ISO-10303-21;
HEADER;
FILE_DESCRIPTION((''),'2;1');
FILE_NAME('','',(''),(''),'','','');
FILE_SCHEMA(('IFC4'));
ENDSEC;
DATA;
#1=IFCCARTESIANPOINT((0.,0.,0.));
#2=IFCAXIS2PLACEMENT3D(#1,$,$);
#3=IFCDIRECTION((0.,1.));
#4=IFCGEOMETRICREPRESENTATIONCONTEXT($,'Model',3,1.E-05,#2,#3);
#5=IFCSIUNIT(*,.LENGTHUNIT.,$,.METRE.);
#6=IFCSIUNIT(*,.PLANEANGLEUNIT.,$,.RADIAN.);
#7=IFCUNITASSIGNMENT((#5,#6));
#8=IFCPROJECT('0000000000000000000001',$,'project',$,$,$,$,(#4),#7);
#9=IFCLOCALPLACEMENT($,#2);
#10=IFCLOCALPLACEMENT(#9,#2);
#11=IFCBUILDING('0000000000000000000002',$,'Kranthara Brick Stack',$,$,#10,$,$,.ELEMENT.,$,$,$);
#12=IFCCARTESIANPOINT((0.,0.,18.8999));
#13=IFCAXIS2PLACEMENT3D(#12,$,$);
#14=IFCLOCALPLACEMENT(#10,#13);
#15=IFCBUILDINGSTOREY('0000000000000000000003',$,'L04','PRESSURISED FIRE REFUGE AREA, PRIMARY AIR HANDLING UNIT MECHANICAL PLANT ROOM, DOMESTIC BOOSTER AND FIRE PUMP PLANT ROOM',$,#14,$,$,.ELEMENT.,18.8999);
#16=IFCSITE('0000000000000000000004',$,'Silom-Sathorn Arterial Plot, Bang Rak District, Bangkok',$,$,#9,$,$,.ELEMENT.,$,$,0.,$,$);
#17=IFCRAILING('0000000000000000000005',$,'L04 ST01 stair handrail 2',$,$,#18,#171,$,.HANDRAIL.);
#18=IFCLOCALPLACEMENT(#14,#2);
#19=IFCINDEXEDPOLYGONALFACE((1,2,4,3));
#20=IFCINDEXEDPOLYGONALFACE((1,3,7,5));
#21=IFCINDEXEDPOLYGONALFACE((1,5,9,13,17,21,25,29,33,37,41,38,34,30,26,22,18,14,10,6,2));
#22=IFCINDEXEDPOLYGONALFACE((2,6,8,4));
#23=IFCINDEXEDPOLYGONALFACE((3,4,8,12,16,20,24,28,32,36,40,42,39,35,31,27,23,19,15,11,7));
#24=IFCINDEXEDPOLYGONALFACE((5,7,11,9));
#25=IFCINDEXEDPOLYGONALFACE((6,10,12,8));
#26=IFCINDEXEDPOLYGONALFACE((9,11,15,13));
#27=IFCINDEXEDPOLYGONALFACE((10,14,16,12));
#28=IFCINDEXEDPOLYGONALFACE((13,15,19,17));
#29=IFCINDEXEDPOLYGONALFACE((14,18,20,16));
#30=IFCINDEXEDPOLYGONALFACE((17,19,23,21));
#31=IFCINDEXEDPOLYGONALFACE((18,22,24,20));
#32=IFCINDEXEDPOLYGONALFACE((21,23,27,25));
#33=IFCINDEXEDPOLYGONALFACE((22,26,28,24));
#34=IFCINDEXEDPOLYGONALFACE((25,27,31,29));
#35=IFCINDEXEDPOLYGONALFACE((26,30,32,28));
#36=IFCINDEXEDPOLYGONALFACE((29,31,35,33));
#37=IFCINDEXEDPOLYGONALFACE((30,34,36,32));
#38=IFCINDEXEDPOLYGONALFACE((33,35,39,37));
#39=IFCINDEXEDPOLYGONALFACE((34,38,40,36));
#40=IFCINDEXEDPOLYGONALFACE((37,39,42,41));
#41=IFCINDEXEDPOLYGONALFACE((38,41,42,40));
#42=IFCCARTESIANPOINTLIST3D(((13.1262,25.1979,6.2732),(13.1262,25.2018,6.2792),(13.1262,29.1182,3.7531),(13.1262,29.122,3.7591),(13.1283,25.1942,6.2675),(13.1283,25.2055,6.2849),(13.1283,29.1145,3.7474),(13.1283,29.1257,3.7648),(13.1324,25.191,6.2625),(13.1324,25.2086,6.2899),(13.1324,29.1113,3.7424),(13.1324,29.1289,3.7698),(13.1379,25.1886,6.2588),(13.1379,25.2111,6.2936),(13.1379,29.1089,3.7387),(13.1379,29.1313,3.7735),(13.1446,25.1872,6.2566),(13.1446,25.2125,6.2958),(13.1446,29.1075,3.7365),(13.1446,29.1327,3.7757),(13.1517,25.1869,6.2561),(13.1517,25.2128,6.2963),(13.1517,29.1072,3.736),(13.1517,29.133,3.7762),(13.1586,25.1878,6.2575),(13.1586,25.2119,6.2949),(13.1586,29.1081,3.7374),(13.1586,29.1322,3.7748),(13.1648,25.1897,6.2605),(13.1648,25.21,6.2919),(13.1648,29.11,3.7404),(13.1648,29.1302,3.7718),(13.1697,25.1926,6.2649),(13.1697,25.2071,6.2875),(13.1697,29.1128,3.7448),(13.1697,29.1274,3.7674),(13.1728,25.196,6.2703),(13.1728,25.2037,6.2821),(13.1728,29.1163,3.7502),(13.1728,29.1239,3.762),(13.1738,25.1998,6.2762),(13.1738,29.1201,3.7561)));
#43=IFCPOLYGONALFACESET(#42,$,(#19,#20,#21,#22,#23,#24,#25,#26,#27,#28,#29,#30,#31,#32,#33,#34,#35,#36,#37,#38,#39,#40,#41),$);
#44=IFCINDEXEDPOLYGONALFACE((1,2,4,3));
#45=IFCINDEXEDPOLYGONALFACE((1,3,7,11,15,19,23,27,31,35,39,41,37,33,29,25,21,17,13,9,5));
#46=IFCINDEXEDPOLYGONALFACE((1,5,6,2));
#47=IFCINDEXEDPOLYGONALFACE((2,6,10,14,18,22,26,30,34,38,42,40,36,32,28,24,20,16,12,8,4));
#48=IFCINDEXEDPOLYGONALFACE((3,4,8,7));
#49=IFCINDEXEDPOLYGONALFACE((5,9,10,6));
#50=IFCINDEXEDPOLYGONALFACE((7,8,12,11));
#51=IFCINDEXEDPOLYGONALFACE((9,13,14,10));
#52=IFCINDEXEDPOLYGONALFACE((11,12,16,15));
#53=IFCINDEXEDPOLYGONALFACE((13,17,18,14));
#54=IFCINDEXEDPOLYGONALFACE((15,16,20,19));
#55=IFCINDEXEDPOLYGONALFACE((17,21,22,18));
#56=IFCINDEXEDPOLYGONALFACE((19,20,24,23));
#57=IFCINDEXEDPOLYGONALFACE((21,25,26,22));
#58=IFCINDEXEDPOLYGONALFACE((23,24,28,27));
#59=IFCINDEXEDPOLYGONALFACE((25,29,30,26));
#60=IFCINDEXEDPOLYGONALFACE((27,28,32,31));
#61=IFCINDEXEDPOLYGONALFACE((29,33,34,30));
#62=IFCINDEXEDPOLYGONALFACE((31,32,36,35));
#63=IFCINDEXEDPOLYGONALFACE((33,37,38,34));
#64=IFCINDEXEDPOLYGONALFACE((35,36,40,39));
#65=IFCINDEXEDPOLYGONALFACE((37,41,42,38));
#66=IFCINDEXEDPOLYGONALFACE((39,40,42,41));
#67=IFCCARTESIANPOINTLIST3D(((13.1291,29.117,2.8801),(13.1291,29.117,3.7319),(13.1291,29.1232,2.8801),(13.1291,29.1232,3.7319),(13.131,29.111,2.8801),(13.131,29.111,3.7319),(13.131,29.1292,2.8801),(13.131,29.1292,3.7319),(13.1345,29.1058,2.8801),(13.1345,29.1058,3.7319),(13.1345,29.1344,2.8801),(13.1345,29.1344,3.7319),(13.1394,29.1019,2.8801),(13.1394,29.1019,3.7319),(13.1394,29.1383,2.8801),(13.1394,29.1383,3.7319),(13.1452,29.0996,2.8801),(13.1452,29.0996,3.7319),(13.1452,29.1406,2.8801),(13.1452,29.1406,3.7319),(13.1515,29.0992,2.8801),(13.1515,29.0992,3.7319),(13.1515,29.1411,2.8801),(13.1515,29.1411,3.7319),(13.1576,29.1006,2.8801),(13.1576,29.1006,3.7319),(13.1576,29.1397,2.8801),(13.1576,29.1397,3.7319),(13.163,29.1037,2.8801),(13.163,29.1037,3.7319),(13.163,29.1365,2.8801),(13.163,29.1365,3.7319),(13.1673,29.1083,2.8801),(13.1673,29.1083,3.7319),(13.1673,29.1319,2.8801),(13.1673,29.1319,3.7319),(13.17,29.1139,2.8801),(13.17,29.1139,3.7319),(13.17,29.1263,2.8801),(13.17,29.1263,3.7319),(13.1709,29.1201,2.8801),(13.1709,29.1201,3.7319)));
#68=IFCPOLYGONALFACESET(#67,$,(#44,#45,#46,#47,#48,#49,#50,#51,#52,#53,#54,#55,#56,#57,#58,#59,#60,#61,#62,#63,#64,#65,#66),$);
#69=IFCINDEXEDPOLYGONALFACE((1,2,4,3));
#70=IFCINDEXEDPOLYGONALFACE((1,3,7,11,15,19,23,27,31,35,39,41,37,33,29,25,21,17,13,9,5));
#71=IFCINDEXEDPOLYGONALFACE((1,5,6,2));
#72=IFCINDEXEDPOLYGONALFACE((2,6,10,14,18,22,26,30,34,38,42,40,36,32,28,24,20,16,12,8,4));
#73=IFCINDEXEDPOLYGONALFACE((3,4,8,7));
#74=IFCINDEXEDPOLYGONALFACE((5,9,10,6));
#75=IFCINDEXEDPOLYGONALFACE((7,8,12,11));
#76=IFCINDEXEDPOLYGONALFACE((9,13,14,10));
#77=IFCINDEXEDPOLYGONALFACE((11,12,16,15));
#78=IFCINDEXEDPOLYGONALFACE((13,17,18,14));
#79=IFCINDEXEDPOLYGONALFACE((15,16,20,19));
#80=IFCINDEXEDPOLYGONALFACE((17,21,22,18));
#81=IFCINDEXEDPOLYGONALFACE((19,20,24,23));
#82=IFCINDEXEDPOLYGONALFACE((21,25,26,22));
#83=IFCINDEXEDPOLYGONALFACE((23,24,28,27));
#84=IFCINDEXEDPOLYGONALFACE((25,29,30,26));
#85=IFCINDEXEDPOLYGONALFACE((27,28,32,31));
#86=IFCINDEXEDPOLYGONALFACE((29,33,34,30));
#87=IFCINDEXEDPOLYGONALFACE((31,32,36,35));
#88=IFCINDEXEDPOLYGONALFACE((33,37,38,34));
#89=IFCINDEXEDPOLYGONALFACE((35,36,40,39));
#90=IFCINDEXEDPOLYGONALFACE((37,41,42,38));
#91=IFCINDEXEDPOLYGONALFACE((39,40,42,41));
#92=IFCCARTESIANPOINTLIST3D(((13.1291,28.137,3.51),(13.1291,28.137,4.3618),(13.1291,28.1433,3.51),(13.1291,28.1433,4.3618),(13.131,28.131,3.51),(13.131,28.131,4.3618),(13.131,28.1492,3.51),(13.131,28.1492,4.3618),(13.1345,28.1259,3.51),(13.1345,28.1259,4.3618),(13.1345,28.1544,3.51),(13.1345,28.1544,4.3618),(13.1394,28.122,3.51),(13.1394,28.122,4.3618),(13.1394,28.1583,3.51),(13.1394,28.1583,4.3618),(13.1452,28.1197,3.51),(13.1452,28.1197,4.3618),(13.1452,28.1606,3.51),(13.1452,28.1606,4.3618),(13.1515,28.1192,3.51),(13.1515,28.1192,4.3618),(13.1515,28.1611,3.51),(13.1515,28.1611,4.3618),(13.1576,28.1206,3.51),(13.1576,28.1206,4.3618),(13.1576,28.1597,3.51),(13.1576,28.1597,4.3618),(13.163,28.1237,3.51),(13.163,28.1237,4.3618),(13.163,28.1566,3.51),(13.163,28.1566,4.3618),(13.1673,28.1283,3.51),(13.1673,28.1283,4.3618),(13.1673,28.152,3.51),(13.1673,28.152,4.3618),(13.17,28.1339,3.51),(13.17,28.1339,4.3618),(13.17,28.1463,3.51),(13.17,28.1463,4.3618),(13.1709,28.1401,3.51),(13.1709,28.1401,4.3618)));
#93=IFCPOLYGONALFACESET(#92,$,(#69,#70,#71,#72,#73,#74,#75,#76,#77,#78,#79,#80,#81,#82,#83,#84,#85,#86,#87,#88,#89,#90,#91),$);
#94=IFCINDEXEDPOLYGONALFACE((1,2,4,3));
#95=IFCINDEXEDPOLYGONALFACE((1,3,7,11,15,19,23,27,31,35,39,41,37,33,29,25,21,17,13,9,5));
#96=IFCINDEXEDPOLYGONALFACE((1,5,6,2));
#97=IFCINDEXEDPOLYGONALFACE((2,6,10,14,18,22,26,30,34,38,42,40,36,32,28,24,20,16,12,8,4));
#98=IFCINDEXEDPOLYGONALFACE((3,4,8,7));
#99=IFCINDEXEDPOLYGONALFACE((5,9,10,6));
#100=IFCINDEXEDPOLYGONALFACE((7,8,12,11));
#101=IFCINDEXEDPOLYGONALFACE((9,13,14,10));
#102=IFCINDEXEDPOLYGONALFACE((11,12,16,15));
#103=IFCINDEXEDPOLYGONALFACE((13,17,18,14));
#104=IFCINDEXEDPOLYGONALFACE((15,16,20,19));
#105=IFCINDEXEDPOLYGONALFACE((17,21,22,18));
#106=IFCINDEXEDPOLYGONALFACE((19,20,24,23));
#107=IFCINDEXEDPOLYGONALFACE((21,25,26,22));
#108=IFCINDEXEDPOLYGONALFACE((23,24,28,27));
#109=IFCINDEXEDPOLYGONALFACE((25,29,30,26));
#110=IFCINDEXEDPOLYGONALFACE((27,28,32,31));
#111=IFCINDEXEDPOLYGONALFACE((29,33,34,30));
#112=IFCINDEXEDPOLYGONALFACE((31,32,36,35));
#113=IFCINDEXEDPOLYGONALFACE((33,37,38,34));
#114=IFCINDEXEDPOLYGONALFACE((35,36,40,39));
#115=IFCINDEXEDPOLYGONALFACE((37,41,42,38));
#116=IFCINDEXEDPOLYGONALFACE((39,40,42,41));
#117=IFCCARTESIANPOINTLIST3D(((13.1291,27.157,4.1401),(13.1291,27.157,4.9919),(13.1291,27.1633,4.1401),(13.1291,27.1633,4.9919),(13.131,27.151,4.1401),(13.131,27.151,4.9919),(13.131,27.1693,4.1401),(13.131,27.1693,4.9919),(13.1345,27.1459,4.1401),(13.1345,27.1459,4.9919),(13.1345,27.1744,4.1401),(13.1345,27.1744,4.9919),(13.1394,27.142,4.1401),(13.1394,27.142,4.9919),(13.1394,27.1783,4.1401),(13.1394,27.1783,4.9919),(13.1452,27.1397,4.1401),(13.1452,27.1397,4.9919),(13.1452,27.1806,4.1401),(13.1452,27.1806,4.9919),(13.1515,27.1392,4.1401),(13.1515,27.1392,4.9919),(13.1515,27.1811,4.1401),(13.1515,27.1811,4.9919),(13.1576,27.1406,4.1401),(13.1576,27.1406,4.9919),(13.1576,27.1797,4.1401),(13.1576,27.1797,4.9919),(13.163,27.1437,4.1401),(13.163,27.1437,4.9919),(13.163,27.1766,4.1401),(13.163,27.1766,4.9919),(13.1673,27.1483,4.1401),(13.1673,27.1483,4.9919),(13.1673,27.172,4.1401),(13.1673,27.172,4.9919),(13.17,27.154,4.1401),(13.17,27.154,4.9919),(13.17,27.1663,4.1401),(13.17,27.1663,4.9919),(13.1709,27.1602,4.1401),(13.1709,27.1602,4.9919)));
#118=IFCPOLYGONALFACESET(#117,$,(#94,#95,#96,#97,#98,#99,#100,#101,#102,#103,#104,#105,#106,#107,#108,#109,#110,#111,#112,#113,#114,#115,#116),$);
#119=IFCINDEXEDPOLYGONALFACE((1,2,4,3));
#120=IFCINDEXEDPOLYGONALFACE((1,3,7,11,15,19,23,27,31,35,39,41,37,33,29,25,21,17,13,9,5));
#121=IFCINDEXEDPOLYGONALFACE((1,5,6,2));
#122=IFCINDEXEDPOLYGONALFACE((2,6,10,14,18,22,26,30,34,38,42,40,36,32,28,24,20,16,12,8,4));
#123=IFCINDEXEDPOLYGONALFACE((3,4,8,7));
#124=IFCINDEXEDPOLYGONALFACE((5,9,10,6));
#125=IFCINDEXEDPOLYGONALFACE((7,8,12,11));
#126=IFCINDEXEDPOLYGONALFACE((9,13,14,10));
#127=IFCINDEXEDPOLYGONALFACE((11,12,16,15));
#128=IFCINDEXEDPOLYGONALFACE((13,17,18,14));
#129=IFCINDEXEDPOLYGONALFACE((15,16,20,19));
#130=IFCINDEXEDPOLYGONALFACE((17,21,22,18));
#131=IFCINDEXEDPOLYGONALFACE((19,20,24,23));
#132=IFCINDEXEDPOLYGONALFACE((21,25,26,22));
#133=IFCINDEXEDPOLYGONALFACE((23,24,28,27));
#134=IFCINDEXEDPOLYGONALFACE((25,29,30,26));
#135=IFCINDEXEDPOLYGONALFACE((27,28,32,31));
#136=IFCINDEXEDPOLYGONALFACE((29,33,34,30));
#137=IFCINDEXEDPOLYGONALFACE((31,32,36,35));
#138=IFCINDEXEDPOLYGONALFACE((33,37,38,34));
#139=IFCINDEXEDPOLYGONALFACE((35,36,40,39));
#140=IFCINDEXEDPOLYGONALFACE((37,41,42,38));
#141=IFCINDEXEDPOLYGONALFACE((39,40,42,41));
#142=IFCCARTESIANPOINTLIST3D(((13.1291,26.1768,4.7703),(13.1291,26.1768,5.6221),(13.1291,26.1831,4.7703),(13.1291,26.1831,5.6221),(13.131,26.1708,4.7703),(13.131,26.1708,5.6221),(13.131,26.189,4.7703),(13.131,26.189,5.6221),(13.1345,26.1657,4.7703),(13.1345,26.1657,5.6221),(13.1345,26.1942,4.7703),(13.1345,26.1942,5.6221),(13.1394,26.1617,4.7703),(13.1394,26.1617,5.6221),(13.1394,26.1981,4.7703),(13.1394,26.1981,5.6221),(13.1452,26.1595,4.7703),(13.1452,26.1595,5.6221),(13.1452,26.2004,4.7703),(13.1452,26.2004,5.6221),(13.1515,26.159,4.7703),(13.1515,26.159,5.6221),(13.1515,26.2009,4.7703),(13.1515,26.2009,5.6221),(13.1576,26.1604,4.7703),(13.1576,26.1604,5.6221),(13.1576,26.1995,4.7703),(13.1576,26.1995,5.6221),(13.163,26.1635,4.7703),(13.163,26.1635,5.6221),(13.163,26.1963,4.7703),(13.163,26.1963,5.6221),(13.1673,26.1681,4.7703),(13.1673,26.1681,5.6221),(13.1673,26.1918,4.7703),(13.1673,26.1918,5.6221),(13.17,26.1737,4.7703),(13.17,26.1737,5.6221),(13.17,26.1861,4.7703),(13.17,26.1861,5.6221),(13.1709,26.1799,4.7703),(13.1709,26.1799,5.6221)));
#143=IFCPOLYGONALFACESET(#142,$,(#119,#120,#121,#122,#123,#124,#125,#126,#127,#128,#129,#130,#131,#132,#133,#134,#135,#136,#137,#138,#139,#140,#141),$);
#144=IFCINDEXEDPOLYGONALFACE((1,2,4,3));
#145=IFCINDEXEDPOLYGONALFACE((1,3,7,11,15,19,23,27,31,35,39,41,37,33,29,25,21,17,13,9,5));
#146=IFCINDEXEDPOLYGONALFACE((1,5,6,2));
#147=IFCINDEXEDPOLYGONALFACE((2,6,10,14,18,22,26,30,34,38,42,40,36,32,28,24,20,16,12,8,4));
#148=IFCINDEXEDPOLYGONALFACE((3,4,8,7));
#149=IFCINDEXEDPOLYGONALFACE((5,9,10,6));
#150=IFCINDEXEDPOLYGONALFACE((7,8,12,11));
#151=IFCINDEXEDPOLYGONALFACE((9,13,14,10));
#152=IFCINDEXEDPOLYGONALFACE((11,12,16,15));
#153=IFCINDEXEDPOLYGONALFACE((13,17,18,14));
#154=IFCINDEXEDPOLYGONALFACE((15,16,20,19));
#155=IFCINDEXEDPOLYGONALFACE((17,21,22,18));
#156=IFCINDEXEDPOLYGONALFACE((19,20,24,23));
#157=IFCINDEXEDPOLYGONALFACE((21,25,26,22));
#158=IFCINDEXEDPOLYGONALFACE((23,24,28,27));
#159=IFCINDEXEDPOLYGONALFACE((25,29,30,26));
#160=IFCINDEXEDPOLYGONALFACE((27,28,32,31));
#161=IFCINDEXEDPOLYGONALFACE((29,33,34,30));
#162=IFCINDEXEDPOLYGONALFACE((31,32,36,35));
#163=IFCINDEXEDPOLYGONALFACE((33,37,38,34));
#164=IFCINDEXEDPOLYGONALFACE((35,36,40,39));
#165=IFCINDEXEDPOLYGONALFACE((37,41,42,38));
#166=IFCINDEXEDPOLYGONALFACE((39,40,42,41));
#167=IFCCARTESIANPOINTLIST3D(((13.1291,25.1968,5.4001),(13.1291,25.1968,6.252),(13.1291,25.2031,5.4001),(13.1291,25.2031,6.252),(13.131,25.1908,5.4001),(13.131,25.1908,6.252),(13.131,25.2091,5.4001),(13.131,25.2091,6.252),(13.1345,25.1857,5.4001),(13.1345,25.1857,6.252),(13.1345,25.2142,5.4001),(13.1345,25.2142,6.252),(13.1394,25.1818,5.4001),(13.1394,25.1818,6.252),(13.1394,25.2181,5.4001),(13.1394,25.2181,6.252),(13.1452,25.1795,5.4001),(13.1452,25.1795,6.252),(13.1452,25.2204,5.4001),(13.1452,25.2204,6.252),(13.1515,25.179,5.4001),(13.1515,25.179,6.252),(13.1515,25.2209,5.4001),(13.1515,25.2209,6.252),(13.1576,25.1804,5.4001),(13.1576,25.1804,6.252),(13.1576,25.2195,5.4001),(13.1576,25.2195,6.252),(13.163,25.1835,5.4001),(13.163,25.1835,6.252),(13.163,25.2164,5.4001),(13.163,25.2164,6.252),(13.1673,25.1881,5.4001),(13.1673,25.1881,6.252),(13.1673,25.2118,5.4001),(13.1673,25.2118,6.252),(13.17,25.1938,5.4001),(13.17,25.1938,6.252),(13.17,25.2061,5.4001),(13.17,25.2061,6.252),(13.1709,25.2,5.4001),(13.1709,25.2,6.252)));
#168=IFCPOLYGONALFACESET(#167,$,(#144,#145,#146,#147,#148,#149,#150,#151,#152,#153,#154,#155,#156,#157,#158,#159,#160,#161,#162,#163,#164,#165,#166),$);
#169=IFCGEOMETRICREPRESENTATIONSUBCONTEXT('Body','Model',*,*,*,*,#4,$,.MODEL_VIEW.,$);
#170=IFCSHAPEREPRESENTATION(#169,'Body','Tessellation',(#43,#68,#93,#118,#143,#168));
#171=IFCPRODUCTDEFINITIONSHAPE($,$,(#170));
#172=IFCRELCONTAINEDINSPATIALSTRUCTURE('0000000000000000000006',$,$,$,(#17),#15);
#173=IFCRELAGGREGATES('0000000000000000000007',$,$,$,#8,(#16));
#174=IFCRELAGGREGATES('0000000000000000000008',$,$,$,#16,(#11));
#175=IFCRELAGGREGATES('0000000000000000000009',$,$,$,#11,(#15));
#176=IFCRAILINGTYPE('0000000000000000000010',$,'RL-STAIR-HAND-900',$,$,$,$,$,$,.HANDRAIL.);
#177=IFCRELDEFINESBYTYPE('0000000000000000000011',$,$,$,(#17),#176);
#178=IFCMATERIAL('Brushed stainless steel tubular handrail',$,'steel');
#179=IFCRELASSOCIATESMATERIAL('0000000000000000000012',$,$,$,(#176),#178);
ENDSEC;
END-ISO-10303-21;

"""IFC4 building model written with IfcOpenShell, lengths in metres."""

from ifc_helpers import new_model, si_unit, direction, frame, origin, origin_2d, place, context, subcontext, project, spatial, circle, extrude, material, type_object, element, save


model = new_model("IFC4")

# Units and contexts
model_context = context("Model", 3, precision=1e-05, world=origin(), true_north=direction((0.0, 1.0)))
body_context = subcontext(model_context, "Body", "Model", "MODEL_VIEW")
ifc_project = project(units=[si_unit("LENGTHUNIT", "METRE"), si_unit("PLANEANGLEUNIT", "RADIAN")], contexts=[model_context])

# Site, building, storey
site_placement = place(None, origin())
site = spatial("IfcSite", under=ifc_project, at=site_placement, Name="Silom-Sathorn Arterial Plot, Bang Rak District, Bangkok", CompositionType="ELEMENT", RefElevation=0.0)
building_placement = place(site_placement, origin())
building = spatial("IfcBuilding", under=site, at=building_placement, Name="Kranthara Brick Stack", CompositionType="ELEMENT")
storey_placement = place(building_placement, frame((0.0, 0.0, 18.8999)))
storey = spatial("IfcBuildingStorey", under=building, at=storey_placement, Name="L04", Description="PRESSURISED FIRE REFUGE AREA, PRIMARY AIR HANDLING UNIT MECHANICAL PLANT ROOM, DOMESTIC BOOSTER AND FIRE PUMP PLANT ROOM", CompositionType="ELEMENT", Elevation=18.8999)

# Railing
ifc_material_1 = material(Name="Brushed stainless steel tubular handrail", Category="steel")
railing_type_1 = type_object("IfcRailingType", Name="RL-STAIR-HAND-900", PredefinedType="HANDRAIL", material=ifc_material_1)
railing_1_placement = place(storey_placement, frame((13.1499, 29.1201, 2.8801)))
element("IfcRailing", 1, at=railing_1_placement, inside=storey, type_object=railing_type_1, Name="L04 ST01 stair handrail 2", PredefinedType="HANDRAIL", context=body_context, shape_type="SweptSolid", body=[
    extrude(circle(Radius=0.0239, at=origin_2d()), frame((0.0, 0.0, 0.876), z_axis=(0.0, -0.841187, 0.540744), x_axis=(1.0, 0.0, 0.0)), (0.0, 0.0, 1.0), 4.6604),
    extrude(circle(Radius=0.021, at=origin_2d()), origin(), (0.0, 0.0, 1.0), 0.8518),
    extrude(circle(Radius=0.021, at=origin_2d()), frame((0.0, -0.98, 0.6299)), (0.0, 0.0, 1.0), 0.8518),
    extrude(circle(Radius=0.021, at=origin_2d()), frame((0.0, -1.96, 1.26)), (0.0, 0.0, 1.0), 0.8518),
    extrude(circle(Radius=0.021, at=origin_2d()), frame((0.0, -2.9402, 1.8901)), (0.0, 0.0, 1.0), 0.8518),
    extrude(circle(Radius=0.021, at=origin_2d()), frame((0.0, -3.9202, 2.52)), (0.0, 0.0, 1.0), 0.8518),
])

save(model, "model.ifc")
